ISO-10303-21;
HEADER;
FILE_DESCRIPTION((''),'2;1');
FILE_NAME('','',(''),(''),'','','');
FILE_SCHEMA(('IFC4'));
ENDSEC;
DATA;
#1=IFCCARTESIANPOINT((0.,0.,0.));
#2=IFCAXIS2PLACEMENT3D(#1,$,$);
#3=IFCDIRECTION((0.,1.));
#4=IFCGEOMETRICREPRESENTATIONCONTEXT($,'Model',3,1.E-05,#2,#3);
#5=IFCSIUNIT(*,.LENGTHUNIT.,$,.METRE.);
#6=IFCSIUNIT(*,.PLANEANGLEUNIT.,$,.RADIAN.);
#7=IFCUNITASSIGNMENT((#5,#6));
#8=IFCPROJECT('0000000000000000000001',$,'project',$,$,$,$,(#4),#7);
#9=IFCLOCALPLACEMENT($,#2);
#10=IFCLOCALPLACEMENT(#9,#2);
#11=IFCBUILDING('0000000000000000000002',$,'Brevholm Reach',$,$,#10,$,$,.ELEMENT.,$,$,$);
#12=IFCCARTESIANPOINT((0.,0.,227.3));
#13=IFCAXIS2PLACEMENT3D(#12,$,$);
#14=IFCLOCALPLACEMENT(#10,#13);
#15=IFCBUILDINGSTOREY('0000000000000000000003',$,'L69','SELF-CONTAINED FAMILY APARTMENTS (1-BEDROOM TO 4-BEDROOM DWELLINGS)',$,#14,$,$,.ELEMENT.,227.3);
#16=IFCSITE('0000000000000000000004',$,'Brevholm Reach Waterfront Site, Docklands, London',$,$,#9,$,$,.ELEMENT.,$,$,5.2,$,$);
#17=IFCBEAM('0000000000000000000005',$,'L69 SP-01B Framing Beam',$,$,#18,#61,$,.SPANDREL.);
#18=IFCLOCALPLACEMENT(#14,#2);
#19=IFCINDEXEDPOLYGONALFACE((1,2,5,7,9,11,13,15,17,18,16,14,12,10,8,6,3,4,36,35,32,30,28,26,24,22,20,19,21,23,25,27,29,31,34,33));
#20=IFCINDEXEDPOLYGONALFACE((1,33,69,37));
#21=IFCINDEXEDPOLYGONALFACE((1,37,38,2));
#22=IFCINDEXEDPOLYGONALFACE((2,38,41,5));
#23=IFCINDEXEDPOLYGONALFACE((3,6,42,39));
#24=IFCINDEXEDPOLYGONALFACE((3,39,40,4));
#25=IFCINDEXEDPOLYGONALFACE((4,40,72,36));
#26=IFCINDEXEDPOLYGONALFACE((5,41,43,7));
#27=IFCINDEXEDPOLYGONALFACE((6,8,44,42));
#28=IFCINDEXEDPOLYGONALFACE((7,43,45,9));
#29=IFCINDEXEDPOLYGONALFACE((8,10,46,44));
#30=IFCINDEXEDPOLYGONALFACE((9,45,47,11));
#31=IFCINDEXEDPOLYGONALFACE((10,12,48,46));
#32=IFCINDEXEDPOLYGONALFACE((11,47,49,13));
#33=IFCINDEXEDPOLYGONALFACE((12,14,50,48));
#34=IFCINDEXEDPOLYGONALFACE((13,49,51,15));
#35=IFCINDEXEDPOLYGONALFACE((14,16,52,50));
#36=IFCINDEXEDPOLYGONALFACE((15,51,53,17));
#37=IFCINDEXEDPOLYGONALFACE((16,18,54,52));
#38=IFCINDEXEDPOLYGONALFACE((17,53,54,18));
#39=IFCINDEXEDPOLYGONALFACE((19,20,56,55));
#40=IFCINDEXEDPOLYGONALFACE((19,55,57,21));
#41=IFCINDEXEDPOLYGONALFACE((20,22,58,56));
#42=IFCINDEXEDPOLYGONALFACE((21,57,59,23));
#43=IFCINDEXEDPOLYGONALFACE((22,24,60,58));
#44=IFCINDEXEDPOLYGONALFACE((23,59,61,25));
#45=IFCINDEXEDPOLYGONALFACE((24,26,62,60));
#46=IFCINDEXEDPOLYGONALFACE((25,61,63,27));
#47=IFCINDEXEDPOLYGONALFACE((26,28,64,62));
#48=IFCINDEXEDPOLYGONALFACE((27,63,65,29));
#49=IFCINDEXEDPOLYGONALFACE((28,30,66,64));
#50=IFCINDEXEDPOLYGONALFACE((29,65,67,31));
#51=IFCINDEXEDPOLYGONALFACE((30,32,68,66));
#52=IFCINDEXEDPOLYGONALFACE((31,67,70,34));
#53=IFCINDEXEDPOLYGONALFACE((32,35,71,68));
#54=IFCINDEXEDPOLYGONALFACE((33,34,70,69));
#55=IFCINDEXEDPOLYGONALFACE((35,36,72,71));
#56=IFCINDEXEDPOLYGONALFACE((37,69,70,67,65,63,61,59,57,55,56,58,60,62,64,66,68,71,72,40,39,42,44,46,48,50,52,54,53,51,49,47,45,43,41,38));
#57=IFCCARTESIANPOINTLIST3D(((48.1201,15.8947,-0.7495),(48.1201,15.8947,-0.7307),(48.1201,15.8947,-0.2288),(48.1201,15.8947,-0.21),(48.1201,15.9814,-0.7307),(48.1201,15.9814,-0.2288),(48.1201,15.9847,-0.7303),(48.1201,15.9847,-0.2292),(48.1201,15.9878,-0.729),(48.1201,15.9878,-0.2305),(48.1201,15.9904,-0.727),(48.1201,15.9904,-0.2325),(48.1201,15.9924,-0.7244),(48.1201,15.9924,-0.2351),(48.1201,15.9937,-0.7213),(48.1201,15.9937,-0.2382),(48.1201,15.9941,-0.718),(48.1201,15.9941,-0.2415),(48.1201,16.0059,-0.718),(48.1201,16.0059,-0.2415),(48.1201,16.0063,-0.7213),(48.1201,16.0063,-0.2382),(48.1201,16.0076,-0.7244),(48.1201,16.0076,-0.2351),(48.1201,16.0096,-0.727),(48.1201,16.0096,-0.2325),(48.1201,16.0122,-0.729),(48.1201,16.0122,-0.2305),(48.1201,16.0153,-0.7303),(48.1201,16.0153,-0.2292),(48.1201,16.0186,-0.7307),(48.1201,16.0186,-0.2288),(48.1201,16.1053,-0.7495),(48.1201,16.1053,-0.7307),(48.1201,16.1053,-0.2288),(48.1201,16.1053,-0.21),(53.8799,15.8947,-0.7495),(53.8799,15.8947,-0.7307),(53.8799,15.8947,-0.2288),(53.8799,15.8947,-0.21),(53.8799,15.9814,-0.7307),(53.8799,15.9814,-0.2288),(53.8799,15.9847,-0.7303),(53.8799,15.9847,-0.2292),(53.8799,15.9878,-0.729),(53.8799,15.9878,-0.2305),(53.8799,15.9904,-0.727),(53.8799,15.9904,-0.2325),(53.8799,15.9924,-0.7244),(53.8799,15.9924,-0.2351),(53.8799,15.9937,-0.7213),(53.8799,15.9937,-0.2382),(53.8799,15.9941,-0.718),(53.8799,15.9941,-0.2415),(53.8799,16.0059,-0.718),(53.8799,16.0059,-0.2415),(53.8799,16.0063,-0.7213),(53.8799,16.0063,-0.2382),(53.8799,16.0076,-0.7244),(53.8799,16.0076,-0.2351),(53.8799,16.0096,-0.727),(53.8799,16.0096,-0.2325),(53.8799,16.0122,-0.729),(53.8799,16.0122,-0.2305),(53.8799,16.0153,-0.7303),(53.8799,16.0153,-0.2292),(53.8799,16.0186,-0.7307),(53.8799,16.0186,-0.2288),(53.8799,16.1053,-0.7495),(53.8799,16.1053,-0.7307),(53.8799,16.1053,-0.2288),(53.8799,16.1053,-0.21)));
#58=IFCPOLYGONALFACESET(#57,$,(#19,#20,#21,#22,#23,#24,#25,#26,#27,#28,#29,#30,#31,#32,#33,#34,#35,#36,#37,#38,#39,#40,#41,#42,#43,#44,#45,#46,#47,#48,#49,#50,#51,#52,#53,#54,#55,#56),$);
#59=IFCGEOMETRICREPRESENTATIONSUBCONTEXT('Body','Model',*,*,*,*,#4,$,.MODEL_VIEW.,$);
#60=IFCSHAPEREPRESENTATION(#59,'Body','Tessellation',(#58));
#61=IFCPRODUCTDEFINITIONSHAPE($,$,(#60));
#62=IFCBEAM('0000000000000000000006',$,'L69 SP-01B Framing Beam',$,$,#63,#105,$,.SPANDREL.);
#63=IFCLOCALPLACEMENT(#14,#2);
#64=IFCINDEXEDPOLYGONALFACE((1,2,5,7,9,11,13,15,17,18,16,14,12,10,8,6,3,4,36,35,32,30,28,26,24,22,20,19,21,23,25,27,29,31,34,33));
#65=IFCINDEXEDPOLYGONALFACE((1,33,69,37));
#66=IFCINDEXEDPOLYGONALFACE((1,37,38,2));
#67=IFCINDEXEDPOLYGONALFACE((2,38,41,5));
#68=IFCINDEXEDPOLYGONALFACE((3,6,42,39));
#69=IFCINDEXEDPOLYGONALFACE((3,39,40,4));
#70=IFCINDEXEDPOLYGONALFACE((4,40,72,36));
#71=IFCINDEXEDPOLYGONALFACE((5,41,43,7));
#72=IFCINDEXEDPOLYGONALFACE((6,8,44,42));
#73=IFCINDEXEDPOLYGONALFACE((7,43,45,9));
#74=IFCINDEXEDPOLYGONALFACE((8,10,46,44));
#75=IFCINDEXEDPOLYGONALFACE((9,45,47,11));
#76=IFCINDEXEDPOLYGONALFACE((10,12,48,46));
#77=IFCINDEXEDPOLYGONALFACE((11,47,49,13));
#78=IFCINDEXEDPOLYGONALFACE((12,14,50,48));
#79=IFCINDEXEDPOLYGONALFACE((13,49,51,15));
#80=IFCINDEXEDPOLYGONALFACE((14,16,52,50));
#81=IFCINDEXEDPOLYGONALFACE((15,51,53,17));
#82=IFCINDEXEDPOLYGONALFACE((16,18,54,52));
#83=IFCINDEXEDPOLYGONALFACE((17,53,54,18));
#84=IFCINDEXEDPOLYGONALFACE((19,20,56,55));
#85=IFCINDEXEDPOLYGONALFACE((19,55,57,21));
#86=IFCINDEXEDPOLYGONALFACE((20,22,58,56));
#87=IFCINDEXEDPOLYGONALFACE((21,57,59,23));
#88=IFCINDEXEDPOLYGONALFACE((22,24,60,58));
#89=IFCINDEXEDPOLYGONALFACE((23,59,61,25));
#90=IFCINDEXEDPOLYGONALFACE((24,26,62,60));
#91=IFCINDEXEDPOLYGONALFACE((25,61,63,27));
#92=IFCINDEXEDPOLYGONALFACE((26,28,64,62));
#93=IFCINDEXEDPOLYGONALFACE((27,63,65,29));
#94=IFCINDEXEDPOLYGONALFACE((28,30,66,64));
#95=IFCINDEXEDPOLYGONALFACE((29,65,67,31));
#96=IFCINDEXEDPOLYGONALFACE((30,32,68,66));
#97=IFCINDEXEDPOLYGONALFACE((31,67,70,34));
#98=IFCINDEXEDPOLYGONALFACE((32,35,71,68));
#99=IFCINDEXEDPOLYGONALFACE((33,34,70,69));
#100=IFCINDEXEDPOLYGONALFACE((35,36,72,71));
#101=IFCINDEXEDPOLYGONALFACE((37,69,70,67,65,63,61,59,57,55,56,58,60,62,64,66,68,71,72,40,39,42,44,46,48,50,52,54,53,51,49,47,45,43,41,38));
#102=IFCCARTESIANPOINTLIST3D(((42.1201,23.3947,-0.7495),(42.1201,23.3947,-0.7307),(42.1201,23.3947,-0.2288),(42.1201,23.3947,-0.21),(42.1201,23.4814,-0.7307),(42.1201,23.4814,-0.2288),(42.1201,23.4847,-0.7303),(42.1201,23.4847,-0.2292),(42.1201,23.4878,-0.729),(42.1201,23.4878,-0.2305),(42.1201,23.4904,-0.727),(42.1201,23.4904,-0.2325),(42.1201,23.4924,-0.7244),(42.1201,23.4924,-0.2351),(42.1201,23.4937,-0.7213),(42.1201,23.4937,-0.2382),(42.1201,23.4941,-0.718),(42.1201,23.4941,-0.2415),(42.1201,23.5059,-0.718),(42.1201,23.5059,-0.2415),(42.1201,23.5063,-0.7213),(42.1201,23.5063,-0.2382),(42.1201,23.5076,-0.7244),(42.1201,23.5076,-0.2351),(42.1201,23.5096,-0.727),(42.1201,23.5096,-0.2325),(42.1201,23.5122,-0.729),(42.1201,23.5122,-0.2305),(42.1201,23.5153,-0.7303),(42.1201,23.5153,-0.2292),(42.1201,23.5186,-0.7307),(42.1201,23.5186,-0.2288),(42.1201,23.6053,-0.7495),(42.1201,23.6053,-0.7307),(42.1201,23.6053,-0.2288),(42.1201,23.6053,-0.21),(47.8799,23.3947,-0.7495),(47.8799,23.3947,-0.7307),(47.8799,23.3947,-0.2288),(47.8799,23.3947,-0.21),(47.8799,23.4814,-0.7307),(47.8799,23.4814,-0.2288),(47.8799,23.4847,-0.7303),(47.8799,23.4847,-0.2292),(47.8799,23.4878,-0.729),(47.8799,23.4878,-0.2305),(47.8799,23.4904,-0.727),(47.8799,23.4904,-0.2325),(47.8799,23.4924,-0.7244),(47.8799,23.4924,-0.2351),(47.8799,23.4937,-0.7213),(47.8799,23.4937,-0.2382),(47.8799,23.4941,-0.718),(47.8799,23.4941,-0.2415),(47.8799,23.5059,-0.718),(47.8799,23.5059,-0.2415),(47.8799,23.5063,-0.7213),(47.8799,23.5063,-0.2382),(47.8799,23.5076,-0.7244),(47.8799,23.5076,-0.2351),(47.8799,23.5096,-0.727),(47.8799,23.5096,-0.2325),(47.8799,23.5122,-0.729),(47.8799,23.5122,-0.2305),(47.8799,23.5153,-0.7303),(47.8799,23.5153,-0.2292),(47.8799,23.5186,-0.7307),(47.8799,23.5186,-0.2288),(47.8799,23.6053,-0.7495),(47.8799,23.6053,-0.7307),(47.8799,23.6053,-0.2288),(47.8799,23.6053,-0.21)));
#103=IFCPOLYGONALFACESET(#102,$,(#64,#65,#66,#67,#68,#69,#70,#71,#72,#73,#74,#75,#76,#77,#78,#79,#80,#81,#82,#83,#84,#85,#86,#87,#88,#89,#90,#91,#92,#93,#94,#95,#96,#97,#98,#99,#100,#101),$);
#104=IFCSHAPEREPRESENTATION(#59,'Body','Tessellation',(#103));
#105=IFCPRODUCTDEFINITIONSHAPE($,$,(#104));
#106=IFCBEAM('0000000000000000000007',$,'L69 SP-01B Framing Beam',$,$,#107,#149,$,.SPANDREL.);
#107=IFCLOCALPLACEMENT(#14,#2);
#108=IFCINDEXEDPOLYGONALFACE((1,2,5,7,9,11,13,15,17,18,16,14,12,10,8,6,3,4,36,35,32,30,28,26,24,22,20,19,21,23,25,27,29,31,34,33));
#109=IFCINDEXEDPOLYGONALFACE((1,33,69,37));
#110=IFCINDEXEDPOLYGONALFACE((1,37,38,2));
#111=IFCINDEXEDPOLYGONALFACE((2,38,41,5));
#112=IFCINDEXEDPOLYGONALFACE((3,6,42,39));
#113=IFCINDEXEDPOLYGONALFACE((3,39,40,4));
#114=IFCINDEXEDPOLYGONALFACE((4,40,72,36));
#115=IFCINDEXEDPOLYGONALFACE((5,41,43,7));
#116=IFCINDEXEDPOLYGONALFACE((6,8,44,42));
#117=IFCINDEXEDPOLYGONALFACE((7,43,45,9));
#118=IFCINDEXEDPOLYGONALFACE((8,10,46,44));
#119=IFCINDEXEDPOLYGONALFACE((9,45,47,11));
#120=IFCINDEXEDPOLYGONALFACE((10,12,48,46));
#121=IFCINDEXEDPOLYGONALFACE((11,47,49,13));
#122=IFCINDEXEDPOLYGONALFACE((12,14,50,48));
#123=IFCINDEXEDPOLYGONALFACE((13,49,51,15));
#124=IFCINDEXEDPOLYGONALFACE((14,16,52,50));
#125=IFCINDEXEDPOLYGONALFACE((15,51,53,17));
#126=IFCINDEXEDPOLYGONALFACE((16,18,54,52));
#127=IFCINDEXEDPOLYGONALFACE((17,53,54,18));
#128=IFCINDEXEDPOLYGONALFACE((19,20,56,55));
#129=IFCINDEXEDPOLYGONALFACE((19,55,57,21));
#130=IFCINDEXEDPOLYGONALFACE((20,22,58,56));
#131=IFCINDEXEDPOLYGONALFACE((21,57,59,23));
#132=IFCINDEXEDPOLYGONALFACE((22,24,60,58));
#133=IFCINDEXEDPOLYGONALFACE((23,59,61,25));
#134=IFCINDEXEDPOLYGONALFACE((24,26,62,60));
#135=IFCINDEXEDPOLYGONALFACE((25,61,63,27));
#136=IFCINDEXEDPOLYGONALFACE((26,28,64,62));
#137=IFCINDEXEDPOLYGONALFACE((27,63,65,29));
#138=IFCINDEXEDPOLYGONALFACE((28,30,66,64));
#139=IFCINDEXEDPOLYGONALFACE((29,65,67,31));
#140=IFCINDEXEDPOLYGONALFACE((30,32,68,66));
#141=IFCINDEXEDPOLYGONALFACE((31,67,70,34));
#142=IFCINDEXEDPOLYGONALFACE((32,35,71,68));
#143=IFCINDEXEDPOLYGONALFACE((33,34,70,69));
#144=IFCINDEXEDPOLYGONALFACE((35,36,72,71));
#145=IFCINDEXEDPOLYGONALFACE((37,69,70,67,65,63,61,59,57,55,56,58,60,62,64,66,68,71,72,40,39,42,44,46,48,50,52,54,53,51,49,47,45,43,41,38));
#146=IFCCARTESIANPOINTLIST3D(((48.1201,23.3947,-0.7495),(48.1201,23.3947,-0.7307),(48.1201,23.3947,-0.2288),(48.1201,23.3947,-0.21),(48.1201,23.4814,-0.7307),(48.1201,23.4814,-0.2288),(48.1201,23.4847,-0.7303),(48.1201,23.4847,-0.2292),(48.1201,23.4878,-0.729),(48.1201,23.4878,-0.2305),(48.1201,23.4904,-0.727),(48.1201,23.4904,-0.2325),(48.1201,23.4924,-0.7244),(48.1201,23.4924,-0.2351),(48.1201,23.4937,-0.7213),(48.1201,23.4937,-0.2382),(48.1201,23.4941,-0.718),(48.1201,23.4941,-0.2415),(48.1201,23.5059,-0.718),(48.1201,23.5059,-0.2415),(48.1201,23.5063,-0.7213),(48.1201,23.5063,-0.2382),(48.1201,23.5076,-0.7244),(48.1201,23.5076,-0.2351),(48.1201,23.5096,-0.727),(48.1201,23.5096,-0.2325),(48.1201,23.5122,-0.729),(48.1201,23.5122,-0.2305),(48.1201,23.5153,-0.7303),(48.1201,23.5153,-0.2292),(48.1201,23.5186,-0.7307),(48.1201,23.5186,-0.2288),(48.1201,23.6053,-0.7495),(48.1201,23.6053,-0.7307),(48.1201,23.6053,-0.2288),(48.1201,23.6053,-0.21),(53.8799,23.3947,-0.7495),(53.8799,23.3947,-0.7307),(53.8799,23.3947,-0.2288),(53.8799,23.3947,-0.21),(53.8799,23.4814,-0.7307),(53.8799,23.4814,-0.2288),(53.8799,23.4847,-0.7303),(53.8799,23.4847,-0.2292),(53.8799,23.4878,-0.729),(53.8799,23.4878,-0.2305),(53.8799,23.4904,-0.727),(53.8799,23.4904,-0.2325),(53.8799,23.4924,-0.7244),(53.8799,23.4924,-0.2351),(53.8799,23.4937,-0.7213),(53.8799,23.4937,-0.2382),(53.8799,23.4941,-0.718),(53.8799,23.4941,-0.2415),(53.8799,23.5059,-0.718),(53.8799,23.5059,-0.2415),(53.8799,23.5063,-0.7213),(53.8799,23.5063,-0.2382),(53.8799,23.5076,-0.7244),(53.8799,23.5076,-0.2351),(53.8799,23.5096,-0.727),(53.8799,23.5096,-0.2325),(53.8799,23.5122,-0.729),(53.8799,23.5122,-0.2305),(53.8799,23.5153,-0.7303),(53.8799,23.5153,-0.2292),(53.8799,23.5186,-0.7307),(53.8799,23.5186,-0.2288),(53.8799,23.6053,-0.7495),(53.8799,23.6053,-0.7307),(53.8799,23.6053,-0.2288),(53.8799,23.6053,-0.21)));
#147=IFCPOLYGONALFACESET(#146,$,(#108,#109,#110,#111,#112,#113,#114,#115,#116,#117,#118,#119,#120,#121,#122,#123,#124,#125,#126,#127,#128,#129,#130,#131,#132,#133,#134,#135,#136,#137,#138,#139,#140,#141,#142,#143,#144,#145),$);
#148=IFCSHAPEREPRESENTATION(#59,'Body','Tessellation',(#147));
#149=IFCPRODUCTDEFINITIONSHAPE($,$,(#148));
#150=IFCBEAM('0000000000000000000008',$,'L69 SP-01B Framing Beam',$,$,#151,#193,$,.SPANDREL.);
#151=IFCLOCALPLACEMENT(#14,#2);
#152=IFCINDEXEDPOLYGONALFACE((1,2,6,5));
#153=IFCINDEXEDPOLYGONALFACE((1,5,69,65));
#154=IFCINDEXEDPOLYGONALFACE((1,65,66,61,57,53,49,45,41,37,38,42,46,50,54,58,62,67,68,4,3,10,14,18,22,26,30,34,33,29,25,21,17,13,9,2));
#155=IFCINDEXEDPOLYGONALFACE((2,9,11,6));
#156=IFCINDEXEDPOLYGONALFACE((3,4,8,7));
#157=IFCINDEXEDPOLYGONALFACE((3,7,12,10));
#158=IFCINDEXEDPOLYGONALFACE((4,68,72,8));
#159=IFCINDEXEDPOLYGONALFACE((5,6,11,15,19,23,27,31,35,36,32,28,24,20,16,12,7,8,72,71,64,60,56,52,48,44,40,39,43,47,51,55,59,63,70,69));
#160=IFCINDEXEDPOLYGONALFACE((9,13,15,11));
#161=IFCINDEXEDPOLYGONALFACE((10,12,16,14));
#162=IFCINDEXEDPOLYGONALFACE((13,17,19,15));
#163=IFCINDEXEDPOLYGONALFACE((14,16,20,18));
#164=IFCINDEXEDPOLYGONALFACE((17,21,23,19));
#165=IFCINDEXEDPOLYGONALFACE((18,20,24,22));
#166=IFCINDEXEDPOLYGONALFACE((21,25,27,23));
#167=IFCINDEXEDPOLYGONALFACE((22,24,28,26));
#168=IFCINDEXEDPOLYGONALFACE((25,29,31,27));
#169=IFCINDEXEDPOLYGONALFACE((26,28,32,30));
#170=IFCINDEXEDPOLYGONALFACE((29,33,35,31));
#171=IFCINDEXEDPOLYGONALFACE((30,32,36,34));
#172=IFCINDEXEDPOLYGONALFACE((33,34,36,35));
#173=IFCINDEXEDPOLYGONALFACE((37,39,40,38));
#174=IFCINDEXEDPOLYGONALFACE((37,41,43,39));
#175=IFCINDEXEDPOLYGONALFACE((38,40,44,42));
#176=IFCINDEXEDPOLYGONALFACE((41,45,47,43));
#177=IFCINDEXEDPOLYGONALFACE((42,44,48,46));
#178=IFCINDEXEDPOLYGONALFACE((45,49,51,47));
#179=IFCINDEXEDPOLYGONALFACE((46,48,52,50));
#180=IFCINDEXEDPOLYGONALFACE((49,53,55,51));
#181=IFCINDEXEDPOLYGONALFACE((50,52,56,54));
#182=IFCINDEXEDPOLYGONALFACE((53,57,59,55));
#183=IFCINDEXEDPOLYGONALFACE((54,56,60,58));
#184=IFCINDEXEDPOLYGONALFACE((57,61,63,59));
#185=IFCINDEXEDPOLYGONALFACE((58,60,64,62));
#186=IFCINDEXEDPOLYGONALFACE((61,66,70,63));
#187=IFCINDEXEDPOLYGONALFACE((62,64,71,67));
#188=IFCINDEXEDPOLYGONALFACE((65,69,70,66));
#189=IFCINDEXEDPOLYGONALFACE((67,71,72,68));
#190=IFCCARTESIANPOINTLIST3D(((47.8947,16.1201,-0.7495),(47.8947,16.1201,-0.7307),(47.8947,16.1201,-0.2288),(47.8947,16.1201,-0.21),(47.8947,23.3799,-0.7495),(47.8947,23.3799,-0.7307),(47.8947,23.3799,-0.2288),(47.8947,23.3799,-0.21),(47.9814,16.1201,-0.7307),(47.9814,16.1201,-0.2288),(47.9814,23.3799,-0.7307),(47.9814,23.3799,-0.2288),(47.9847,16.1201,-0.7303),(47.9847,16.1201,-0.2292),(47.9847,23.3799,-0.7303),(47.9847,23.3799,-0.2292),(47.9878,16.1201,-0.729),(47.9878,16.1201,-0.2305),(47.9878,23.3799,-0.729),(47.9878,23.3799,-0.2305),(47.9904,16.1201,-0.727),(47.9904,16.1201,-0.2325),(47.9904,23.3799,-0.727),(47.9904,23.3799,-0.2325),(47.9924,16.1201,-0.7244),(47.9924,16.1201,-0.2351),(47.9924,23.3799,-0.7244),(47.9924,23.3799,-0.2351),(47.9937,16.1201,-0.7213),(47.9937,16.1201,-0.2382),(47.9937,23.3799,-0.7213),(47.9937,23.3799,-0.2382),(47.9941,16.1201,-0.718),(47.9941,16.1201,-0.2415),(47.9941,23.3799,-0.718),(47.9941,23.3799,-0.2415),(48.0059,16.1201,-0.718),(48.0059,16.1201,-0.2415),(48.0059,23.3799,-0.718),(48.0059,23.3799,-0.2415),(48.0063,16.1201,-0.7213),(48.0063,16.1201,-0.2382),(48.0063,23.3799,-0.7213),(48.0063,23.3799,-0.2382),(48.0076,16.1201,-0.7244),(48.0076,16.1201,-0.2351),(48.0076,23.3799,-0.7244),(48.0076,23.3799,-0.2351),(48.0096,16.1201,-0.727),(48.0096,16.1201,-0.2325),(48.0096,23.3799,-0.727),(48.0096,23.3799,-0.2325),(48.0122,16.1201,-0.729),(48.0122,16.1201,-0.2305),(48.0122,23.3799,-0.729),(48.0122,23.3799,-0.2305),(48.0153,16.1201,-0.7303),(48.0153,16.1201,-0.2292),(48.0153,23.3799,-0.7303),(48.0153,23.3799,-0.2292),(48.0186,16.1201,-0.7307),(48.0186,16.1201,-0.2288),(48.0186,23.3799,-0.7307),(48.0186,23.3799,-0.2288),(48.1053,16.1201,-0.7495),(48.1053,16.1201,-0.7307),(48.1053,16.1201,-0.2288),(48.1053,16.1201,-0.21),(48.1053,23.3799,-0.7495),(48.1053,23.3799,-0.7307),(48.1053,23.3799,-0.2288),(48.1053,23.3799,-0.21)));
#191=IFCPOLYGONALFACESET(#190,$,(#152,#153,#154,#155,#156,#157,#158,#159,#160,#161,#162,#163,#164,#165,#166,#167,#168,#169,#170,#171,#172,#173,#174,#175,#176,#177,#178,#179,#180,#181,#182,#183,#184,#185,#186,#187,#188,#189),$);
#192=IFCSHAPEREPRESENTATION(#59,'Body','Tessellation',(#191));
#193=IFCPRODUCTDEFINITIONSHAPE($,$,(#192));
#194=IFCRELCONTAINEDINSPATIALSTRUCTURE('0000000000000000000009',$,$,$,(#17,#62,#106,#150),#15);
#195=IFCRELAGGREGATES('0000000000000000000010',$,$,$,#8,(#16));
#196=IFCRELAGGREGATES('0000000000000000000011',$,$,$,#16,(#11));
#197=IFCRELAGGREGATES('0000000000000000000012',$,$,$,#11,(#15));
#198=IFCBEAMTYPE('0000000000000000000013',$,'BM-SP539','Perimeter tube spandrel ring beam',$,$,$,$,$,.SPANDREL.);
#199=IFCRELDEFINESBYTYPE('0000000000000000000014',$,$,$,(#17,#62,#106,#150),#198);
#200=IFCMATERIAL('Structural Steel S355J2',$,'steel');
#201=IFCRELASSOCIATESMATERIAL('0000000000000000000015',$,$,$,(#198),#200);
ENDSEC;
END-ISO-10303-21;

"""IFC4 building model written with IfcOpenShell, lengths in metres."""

from ifc_helpers import new_model, si_unit, direction, frame, origin, origin_2d, place, context, subcontext, project, spatial, i_section, extrude, material, material_profile, profile_set, type_object, element, save


model = new_model("IFC4")

# Units and contexts
model_context = context("Model", 3, precision=1e-05, world=origin(), true_north=direction((0.0, 1.0)))
body_context = subcontext(model_context, "Body", "Model", "MODEL_VIEW")
ifc_project = project(units=[si_unit("LENGTHUNIT", "METRE"), si_unit("PLANEANGLEUNIT", "RADIAN")], contexts=[model_context])

# Site, building, storey
site_placement = place(None, origin())
site = spatial("IfcSite", under=ifc_project, at=site_placement, Name="Brevholm Reach Waterfront Site, Docklands, London", CompositionType="ELEMENT", RefElevation=5.2)
building_placement = place(site_placement, origin())
building = spatial("IfcBuilding", under=site, at=building_placement, Name="Brevholm Reach", CompositionType="ELEMENT")
storey_placement = place(building_placement, frame((0.0, 0.0, 227.3)))
storey = spatial("IfcBuildingStorey", under=building, at=storey_placement, Name="L69", Description="SELF-CONTAINED FAMILY APARTMENTS (1-BEDROOM TO 4-BEDROOM DWELLINGS)", CompositionType="ELEMENT", Elevation=227.3)

# Beams
ifc_material_1 = material(Name="Structural Steel S355J2", Category="steel")
ifc_material_profile_1 = material_profile(ifc_material_1, i_section(OverallWidth=0.2107, OverallDepth=0.5396, WebThickness=0.0117, FlangeThickness=0.0188, FilletRadius=0.0127, at=origin_2d()), Name="UKB 533x210x109")
ifc_profile_set_1 = profile_set([ifc_material_profile_1], Name="Structural Steel S355J2")
beam_type_1 = type_object("IfcBeamType", Name="BM-SP539", Description="Perimeter tube spandrel ring beam", PredefinedType="SPANDREL", material=ifc_profile_set_1)
for number, where, z_axis, x_axis, name in (
    (1, (48.1201, 16.0, -0.4797), (1.0, 0.0, 0.0), (0.0, 1.0, 0.0), "L69 SP-01B Framing Beam"),
    (2, (42.1201, 23.5, -0.4797), (1.0, 0.0, 0.0), (0.0, 1.0, 0.0), "L69 SP-01B Framing Beam"),
    (3, (48.1201, 23.5, -0.4797), (1.0, 0.0, 0.0), (0.0, 1.0, 0.0), "L69 SP-01B Framing Beam"),
):
    element("IfcBeam", number, at=place(storey_placement, frame(where, z_axis=z_axis, x_axis=x_axis)), inside=storey, type_object=beam_type_1, Name=name, PredefinedType="SPANDREL", context=body_context, shape_type="SweptSolid", body=[
        extrude(i_section(OverallWidth=0.2107, OverallDepth=0.5396, WebThickness=0.0117, FlangeThickness=0.0188, FilletRadius=0.0127, at=origin_2d()), origin(), (0.0, 0.0, 1.0), 5.7598),
    ])
beam_1_placement = place(storey_placement, frame((48.0, 16.1201, -0.4797), z_axis=(0.0, 1.0, 0.0), x_axis=(-1.0, 0.0, 0.0)))
element("IfcBeam", 4, at=beam_1_placement, inside=storey, type_object=beam_type_1, Name="L69 SP-01B Framing Beam", PredefinedType="SPANDREL", context=body_context, shape_type="SweptSolid", body=[
    extrude(i_section(OverallWidth=0.2107, OverallDepth=0.5396, WebThickness=0.0117, FlangeThickness=0.0188, FilletRadius=0.0127, at=origin_2d()), origin(), (0.0, 0.0, 1.0), 7.2598),
])

save(model, "model.ifc")
